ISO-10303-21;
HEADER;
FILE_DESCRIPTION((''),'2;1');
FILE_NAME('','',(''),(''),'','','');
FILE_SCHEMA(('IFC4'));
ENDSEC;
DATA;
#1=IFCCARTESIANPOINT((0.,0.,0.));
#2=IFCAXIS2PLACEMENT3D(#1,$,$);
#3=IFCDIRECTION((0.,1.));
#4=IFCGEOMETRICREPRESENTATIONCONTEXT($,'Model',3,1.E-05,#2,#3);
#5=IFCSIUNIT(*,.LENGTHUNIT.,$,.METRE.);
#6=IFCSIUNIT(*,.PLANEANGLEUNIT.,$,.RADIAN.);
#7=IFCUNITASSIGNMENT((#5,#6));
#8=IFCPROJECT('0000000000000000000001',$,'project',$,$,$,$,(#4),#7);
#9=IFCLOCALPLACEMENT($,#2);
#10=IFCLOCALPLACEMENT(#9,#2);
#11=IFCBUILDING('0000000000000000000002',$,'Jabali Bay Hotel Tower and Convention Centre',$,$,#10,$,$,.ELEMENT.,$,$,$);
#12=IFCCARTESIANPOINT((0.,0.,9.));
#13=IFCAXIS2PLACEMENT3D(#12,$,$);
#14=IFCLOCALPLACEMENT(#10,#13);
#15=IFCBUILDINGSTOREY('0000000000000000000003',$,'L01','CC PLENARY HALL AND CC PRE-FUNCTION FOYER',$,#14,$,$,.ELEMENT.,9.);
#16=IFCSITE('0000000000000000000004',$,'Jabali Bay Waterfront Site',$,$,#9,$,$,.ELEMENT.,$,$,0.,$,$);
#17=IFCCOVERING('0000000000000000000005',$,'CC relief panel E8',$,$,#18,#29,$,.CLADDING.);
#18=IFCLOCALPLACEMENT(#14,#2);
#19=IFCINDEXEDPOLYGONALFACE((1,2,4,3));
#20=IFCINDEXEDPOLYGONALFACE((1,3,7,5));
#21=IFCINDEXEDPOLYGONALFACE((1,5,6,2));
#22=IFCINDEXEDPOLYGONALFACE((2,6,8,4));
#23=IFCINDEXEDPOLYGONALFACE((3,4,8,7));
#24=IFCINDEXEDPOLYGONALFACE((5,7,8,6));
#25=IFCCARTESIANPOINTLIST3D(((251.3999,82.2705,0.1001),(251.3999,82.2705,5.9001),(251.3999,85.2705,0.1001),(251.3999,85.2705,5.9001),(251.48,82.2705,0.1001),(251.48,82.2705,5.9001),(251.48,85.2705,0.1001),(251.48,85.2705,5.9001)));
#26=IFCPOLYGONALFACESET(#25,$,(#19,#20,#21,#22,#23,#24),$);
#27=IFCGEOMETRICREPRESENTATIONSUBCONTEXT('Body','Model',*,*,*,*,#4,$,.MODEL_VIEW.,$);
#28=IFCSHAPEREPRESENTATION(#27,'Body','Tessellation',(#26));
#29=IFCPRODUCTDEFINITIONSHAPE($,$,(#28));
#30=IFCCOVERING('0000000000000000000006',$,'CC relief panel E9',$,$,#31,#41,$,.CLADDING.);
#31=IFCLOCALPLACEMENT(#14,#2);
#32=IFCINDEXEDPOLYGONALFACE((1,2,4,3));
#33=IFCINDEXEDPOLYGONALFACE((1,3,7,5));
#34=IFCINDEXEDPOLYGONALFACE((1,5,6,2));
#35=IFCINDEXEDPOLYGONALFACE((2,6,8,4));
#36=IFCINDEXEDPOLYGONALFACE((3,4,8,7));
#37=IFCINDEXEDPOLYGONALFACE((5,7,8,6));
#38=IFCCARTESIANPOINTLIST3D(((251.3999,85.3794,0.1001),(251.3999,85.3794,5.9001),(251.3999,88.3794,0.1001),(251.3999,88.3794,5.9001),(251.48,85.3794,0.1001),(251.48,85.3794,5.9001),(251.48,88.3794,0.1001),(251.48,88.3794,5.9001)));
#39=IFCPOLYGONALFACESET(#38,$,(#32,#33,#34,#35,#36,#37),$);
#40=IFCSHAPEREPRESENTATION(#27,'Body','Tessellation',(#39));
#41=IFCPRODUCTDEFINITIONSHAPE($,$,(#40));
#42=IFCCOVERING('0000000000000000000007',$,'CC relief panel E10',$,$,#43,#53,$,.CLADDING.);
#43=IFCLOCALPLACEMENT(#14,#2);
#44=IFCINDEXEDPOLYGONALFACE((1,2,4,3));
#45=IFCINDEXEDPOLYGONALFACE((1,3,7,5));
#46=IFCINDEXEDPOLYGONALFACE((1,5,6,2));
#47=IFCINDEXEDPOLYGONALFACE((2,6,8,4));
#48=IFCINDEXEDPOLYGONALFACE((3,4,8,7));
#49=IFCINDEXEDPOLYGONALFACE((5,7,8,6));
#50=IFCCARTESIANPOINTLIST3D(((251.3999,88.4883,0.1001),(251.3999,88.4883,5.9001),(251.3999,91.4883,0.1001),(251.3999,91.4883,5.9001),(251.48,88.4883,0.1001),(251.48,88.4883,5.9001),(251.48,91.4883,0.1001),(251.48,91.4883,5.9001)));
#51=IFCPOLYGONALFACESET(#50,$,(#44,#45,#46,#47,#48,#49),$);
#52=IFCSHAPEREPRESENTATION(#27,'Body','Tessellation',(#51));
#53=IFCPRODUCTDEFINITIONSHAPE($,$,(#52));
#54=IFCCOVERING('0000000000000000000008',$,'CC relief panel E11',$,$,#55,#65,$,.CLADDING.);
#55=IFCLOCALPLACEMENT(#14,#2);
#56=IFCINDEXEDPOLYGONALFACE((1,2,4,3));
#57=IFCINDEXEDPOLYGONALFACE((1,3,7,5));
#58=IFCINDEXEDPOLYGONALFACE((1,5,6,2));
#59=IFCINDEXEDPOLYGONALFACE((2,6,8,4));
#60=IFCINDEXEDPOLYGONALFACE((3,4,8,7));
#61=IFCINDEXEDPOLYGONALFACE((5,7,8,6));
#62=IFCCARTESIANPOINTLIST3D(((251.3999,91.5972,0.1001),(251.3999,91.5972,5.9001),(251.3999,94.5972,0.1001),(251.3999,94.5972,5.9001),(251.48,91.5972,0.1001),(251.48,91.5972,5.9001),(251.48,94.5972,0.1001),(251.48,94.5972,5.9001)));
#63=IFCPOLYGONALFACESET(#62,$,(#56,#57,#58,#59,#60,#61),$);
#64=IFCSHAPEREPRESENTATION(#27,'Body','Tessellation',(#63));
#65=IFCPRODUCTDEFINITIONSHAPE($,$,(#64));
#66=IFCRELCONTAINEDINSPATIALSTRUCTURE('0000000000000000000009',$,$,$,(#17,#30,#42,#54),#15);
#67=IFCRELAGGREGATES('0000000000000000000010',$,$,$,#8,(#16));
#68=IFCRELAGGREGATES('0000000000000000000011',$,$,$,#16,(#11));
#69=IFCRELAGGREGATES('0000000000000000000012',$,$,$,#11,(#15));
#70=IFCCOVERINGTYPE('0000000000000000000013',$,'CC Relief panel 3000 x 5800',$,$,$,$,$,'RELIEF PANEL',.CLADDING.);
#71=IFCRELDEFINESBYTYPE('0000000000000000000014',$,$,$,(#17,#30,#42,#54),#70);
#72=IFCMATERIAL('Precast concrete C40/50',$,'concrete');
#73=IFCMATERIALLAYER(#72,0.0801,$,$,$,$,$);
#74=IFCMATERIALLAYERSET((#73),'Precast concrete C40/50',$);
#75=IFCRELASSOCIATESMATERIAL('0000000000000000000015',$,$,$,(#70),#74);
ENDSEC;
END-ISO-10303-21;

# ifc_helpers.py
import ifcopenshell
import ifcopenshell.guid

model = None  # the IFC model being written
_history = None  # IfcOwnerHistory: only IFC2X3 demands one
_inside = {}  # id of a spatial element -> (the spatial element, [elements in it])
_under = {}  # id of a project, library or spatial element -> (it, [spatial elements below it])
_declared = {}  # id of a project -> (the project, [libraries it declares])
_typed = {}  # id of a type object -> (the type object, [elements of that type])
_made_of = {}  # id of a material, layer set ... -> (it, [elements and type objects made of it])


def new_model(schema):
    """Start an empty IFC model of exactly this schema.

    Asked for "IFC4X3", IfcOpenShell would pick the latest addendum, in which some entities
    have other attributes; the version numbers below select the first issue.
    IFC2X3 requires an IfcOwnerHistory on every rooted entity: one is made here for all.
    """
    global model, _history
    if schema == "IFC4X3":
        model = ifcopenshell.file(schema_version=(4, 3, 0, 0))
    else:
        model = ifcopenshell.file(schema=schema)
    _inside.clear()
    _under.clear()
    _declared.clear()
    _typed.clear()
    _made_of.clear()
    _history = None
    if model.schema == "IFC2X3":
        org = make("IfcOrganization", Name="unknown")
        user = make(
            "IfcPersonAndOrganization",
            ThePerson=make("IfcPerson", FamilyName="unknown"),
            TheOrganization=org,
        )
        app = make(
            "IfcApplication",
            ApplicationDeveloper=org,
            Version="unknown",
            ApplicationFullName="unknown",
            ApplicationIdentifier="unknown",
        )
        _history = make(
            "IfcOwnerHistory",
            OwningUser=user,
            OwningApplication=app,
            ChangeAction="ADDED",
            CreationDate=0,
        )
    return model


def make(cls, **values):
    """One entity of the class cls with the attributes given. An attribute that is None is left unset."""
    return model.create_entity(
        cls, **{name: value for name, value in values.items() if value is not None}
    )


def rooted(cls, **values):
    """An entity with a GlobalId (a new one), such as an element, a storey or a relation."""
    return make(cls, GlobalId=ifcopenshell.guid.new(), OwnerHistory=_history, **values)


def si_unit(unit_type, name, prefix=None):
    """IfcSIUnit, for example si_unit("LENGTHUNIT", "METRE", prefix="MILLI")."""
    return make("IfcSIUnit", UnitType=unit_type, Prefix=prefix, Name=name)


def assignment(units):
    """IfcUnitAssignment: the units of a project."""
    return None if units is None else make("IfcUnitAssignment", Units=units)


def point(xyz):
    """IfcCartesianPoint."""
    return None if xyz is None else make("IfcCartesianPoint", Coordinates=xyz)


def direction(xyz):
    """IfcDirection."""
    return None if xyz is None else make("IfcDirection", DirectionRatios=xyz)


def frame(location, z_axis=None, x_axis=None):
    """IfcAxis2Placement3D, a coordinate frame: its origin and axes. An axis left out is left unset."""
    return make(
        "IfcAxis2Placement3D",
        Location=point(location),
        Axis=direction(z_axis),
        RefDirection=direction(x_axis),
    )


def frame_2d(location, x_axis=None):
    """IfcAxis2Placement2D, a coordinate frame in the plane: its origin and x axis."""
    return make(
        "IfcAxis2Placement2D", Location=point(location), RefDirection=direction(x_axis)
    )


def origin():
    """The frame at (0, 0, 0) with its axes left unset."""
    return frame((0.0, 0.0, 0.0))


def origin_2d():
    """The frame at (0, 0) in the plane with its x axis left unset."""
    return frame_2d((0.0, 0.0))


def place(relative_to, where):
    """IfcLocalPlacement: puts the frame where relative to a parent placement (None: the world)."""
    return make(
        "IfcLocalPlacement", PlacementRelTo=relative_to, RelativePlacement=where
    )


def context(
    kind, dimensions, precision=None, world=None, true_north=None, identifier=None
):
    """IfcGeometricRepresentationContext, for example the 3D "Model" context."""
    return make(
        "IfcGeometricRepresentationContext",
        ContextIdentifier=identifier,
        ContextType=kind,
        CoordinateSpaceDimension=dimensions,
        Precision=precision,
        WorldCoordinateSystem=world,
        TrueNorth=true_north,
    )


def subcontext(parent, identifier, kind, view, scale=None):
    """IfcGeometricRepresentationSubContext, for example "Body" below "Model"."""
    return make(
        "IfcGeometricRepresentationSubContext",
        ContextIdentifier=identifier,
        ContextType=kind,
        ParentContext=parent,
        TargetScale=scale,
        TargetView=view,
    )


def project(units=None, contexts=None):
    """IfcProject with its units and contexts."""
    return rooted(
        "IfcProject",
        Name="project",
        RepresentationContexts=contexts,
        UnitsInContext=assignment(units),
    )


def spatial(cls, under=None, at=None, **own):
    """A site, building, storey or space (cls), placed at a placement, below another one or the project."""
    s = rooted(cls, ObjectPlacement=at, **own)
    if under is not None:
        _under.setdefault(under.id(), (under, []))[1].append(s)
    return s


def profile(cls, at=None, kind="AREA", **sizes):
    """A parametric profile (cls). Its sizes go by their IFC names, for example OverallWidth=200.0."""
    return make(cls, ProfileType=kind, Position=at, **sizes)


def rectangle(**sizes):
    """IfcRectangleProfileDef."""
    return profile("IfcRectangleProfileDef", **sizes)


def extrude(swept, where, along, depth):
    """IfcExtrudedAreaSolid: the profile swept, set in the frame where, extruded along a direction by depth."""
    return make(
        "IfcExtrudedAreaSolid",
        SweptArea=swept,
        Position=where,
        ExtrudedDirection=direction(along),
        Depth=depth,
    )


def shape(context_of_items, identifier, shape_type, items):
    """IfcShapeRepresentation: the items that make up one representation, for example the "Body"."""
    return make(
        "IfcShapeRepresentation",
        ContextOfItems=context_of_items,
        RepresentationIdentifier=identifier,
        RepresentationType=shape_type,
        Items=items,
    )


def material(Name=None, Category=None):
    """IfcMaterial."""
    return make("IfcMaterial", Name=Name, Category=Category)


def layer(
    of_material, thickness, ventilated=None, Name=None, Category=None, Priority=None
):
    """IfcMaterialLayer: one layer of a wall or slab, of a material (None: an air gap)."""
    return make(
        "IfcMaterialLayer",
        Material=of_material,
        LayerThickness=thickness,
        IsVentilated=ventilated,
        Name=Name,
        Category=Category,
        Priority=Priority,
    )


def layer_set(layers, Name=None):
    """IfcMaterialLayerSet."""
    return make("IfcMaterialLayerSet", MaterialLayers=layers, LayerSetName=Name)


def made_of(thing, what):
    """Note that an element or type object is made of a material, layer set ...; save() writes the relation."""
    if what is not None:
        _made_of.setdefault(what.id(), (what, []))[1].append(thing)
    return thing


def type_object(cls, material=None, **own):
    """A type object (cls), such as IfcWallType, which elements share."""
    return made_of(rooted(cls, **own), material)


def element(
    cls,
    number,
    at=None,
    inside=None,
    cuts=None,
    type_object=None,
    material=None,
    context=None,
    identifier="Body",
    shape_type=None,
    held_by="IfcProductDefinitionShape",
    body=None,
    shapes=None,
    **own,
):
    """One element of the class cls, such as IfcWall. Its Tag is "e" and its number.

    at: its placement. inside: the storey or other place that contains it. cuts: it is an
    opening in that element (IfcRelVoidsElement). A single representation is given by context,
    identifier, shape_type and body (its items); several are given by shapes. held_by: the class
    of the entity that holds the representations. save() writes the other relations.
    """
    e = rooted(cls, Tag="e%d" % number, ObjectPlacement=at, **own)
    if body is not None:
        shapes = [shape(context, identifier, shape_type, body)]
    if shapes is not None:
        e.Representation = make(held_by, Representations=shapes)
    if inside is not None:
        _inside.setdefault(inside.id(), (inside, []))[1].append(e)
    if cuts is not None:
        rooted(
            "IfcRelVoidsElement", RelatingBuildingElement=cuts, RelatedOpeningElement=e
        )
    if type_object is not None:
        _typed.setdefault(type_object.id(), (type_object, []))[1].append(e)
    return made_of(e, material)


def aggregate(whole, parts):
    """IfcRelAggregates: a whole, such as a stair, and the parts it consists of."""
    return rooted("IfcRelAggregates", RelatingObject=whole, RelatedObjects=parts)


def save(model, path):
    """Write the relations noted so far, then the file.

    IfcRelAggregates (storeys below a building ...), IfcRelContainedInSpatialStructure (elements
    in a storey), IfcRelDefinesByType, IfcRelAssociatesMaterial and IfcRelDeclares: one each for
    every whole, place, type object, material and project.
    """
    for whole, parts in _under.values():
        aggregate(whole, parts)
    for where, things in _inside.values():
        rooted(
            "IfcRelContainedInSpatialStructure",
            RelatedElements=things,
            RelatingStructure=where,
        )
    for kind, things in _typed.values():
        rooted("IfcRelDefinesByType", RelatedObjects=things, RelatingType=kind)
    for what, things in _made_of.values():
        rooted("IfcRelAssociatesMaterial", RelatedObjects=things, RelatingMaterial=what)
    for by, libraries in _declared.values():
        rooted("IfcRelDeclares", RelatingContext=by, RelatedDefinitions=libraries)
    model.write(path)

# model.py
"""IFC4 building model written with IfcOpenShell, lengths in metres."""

from ifc_helpers import new_model, si_unit, direction, frame, origin, origin_2d, place, context, subcontext, project, spatial, rectangle, extrude, material, layer, layer_set, type_object, element, save


model = new_model("IFC4")

# Units and contexts
model_context = context("Model", 3, precision=1e-05, world=origin(), true_north=direction((0.0, 1.0)))
body_context = subcontext(model_context, "Body", "Model", "MODEL_VIEW")
ifc_project = project(units=[si_unit("LENGTHUNIT", "METRE"), si_unit("PLANEANGLEUNIT", "RADIAN")], contexts=[model_context])

# Site, building, storey
site_placement = place(None, origin())
site = spatial("IfcSite", under=ifc_project, at=site_placement, Name="Jabali Bay Waterfront Site", CompositionType="ELEMENT", RefElevation=0.0)
building_placement = place(site_placement, origin())
building = spatial("IfcBuilding", under=site, at=building_placement, Name="Jabali Bay Hotel Tower and Convention Centre", CompositionType="ELEMENT")
storey_placement = place(building_placement, frame((0.0, 0.0, 9.0)))
storey = spatial("IfcBuildingStorey", under=building, at=storey_placement, Name="L01", Description="CC PLENARY HALL AND CC PRE-FUNCTION FOYER", CompositionType="ELEMENT", Elevation=9.0)

# Coverings
ifc_material_1 = material(Name="Precast concrete C40/50", Category="concrete")
ifc_layer_1 = layer(ifc_material_1, 0.0801)
ifc_layer_set_1 = layer_set([ifc_layer_1], Name="Precast concrete C40/50")
covering_type_1 = type_object("IfcCoveringType", Name="CC Relief panel 3000 x 5800", ElementType="RELIEF PANEL", PredefinedType="CLADDING", material=ifc_layer_set_1)
for number, where, z_axis, x_axis, name in (
    (1, (251.4399, 83.7705, 0.1001), (0.0, 0.0, 1.0), (1.0, 0.0, 0.0), "CC relief panel E8"),
    (2, (251.4399, 86.8794, 0.1001), (0.0, 0.0, 1.0), (1.0, 0.0, 0.0), "CC relief panel E9"),
    (3, (251.4399, 89.9883, 0.1001), (0.0, 0.0, 1.0), (1.0, 0.0, 0.0), "CC relief panel E10"),
    (4, (251.4399, 93.0972, 0.1001), (0.0, 0.0, 1.0), (1.0, 0.0, 0.0), "CC relief panel E11"),
):
    element("IfcCovering", number, at=place(storey_placement, frame(where, z_axis=z_axis, x_axis=x_axis)), inside=storey, type_object=covering_type_1, Name=name, PredefinedType="CLADDING", context=body_context, shape_type="SweptSolid", body=[
        extrude(rectangle(XDim=0.0801, YDim=3.0, at=origin_2d()), origin(), (0.0, 0.0, 1.0), 5.8),
    ])

save(model, "model.ifc")
